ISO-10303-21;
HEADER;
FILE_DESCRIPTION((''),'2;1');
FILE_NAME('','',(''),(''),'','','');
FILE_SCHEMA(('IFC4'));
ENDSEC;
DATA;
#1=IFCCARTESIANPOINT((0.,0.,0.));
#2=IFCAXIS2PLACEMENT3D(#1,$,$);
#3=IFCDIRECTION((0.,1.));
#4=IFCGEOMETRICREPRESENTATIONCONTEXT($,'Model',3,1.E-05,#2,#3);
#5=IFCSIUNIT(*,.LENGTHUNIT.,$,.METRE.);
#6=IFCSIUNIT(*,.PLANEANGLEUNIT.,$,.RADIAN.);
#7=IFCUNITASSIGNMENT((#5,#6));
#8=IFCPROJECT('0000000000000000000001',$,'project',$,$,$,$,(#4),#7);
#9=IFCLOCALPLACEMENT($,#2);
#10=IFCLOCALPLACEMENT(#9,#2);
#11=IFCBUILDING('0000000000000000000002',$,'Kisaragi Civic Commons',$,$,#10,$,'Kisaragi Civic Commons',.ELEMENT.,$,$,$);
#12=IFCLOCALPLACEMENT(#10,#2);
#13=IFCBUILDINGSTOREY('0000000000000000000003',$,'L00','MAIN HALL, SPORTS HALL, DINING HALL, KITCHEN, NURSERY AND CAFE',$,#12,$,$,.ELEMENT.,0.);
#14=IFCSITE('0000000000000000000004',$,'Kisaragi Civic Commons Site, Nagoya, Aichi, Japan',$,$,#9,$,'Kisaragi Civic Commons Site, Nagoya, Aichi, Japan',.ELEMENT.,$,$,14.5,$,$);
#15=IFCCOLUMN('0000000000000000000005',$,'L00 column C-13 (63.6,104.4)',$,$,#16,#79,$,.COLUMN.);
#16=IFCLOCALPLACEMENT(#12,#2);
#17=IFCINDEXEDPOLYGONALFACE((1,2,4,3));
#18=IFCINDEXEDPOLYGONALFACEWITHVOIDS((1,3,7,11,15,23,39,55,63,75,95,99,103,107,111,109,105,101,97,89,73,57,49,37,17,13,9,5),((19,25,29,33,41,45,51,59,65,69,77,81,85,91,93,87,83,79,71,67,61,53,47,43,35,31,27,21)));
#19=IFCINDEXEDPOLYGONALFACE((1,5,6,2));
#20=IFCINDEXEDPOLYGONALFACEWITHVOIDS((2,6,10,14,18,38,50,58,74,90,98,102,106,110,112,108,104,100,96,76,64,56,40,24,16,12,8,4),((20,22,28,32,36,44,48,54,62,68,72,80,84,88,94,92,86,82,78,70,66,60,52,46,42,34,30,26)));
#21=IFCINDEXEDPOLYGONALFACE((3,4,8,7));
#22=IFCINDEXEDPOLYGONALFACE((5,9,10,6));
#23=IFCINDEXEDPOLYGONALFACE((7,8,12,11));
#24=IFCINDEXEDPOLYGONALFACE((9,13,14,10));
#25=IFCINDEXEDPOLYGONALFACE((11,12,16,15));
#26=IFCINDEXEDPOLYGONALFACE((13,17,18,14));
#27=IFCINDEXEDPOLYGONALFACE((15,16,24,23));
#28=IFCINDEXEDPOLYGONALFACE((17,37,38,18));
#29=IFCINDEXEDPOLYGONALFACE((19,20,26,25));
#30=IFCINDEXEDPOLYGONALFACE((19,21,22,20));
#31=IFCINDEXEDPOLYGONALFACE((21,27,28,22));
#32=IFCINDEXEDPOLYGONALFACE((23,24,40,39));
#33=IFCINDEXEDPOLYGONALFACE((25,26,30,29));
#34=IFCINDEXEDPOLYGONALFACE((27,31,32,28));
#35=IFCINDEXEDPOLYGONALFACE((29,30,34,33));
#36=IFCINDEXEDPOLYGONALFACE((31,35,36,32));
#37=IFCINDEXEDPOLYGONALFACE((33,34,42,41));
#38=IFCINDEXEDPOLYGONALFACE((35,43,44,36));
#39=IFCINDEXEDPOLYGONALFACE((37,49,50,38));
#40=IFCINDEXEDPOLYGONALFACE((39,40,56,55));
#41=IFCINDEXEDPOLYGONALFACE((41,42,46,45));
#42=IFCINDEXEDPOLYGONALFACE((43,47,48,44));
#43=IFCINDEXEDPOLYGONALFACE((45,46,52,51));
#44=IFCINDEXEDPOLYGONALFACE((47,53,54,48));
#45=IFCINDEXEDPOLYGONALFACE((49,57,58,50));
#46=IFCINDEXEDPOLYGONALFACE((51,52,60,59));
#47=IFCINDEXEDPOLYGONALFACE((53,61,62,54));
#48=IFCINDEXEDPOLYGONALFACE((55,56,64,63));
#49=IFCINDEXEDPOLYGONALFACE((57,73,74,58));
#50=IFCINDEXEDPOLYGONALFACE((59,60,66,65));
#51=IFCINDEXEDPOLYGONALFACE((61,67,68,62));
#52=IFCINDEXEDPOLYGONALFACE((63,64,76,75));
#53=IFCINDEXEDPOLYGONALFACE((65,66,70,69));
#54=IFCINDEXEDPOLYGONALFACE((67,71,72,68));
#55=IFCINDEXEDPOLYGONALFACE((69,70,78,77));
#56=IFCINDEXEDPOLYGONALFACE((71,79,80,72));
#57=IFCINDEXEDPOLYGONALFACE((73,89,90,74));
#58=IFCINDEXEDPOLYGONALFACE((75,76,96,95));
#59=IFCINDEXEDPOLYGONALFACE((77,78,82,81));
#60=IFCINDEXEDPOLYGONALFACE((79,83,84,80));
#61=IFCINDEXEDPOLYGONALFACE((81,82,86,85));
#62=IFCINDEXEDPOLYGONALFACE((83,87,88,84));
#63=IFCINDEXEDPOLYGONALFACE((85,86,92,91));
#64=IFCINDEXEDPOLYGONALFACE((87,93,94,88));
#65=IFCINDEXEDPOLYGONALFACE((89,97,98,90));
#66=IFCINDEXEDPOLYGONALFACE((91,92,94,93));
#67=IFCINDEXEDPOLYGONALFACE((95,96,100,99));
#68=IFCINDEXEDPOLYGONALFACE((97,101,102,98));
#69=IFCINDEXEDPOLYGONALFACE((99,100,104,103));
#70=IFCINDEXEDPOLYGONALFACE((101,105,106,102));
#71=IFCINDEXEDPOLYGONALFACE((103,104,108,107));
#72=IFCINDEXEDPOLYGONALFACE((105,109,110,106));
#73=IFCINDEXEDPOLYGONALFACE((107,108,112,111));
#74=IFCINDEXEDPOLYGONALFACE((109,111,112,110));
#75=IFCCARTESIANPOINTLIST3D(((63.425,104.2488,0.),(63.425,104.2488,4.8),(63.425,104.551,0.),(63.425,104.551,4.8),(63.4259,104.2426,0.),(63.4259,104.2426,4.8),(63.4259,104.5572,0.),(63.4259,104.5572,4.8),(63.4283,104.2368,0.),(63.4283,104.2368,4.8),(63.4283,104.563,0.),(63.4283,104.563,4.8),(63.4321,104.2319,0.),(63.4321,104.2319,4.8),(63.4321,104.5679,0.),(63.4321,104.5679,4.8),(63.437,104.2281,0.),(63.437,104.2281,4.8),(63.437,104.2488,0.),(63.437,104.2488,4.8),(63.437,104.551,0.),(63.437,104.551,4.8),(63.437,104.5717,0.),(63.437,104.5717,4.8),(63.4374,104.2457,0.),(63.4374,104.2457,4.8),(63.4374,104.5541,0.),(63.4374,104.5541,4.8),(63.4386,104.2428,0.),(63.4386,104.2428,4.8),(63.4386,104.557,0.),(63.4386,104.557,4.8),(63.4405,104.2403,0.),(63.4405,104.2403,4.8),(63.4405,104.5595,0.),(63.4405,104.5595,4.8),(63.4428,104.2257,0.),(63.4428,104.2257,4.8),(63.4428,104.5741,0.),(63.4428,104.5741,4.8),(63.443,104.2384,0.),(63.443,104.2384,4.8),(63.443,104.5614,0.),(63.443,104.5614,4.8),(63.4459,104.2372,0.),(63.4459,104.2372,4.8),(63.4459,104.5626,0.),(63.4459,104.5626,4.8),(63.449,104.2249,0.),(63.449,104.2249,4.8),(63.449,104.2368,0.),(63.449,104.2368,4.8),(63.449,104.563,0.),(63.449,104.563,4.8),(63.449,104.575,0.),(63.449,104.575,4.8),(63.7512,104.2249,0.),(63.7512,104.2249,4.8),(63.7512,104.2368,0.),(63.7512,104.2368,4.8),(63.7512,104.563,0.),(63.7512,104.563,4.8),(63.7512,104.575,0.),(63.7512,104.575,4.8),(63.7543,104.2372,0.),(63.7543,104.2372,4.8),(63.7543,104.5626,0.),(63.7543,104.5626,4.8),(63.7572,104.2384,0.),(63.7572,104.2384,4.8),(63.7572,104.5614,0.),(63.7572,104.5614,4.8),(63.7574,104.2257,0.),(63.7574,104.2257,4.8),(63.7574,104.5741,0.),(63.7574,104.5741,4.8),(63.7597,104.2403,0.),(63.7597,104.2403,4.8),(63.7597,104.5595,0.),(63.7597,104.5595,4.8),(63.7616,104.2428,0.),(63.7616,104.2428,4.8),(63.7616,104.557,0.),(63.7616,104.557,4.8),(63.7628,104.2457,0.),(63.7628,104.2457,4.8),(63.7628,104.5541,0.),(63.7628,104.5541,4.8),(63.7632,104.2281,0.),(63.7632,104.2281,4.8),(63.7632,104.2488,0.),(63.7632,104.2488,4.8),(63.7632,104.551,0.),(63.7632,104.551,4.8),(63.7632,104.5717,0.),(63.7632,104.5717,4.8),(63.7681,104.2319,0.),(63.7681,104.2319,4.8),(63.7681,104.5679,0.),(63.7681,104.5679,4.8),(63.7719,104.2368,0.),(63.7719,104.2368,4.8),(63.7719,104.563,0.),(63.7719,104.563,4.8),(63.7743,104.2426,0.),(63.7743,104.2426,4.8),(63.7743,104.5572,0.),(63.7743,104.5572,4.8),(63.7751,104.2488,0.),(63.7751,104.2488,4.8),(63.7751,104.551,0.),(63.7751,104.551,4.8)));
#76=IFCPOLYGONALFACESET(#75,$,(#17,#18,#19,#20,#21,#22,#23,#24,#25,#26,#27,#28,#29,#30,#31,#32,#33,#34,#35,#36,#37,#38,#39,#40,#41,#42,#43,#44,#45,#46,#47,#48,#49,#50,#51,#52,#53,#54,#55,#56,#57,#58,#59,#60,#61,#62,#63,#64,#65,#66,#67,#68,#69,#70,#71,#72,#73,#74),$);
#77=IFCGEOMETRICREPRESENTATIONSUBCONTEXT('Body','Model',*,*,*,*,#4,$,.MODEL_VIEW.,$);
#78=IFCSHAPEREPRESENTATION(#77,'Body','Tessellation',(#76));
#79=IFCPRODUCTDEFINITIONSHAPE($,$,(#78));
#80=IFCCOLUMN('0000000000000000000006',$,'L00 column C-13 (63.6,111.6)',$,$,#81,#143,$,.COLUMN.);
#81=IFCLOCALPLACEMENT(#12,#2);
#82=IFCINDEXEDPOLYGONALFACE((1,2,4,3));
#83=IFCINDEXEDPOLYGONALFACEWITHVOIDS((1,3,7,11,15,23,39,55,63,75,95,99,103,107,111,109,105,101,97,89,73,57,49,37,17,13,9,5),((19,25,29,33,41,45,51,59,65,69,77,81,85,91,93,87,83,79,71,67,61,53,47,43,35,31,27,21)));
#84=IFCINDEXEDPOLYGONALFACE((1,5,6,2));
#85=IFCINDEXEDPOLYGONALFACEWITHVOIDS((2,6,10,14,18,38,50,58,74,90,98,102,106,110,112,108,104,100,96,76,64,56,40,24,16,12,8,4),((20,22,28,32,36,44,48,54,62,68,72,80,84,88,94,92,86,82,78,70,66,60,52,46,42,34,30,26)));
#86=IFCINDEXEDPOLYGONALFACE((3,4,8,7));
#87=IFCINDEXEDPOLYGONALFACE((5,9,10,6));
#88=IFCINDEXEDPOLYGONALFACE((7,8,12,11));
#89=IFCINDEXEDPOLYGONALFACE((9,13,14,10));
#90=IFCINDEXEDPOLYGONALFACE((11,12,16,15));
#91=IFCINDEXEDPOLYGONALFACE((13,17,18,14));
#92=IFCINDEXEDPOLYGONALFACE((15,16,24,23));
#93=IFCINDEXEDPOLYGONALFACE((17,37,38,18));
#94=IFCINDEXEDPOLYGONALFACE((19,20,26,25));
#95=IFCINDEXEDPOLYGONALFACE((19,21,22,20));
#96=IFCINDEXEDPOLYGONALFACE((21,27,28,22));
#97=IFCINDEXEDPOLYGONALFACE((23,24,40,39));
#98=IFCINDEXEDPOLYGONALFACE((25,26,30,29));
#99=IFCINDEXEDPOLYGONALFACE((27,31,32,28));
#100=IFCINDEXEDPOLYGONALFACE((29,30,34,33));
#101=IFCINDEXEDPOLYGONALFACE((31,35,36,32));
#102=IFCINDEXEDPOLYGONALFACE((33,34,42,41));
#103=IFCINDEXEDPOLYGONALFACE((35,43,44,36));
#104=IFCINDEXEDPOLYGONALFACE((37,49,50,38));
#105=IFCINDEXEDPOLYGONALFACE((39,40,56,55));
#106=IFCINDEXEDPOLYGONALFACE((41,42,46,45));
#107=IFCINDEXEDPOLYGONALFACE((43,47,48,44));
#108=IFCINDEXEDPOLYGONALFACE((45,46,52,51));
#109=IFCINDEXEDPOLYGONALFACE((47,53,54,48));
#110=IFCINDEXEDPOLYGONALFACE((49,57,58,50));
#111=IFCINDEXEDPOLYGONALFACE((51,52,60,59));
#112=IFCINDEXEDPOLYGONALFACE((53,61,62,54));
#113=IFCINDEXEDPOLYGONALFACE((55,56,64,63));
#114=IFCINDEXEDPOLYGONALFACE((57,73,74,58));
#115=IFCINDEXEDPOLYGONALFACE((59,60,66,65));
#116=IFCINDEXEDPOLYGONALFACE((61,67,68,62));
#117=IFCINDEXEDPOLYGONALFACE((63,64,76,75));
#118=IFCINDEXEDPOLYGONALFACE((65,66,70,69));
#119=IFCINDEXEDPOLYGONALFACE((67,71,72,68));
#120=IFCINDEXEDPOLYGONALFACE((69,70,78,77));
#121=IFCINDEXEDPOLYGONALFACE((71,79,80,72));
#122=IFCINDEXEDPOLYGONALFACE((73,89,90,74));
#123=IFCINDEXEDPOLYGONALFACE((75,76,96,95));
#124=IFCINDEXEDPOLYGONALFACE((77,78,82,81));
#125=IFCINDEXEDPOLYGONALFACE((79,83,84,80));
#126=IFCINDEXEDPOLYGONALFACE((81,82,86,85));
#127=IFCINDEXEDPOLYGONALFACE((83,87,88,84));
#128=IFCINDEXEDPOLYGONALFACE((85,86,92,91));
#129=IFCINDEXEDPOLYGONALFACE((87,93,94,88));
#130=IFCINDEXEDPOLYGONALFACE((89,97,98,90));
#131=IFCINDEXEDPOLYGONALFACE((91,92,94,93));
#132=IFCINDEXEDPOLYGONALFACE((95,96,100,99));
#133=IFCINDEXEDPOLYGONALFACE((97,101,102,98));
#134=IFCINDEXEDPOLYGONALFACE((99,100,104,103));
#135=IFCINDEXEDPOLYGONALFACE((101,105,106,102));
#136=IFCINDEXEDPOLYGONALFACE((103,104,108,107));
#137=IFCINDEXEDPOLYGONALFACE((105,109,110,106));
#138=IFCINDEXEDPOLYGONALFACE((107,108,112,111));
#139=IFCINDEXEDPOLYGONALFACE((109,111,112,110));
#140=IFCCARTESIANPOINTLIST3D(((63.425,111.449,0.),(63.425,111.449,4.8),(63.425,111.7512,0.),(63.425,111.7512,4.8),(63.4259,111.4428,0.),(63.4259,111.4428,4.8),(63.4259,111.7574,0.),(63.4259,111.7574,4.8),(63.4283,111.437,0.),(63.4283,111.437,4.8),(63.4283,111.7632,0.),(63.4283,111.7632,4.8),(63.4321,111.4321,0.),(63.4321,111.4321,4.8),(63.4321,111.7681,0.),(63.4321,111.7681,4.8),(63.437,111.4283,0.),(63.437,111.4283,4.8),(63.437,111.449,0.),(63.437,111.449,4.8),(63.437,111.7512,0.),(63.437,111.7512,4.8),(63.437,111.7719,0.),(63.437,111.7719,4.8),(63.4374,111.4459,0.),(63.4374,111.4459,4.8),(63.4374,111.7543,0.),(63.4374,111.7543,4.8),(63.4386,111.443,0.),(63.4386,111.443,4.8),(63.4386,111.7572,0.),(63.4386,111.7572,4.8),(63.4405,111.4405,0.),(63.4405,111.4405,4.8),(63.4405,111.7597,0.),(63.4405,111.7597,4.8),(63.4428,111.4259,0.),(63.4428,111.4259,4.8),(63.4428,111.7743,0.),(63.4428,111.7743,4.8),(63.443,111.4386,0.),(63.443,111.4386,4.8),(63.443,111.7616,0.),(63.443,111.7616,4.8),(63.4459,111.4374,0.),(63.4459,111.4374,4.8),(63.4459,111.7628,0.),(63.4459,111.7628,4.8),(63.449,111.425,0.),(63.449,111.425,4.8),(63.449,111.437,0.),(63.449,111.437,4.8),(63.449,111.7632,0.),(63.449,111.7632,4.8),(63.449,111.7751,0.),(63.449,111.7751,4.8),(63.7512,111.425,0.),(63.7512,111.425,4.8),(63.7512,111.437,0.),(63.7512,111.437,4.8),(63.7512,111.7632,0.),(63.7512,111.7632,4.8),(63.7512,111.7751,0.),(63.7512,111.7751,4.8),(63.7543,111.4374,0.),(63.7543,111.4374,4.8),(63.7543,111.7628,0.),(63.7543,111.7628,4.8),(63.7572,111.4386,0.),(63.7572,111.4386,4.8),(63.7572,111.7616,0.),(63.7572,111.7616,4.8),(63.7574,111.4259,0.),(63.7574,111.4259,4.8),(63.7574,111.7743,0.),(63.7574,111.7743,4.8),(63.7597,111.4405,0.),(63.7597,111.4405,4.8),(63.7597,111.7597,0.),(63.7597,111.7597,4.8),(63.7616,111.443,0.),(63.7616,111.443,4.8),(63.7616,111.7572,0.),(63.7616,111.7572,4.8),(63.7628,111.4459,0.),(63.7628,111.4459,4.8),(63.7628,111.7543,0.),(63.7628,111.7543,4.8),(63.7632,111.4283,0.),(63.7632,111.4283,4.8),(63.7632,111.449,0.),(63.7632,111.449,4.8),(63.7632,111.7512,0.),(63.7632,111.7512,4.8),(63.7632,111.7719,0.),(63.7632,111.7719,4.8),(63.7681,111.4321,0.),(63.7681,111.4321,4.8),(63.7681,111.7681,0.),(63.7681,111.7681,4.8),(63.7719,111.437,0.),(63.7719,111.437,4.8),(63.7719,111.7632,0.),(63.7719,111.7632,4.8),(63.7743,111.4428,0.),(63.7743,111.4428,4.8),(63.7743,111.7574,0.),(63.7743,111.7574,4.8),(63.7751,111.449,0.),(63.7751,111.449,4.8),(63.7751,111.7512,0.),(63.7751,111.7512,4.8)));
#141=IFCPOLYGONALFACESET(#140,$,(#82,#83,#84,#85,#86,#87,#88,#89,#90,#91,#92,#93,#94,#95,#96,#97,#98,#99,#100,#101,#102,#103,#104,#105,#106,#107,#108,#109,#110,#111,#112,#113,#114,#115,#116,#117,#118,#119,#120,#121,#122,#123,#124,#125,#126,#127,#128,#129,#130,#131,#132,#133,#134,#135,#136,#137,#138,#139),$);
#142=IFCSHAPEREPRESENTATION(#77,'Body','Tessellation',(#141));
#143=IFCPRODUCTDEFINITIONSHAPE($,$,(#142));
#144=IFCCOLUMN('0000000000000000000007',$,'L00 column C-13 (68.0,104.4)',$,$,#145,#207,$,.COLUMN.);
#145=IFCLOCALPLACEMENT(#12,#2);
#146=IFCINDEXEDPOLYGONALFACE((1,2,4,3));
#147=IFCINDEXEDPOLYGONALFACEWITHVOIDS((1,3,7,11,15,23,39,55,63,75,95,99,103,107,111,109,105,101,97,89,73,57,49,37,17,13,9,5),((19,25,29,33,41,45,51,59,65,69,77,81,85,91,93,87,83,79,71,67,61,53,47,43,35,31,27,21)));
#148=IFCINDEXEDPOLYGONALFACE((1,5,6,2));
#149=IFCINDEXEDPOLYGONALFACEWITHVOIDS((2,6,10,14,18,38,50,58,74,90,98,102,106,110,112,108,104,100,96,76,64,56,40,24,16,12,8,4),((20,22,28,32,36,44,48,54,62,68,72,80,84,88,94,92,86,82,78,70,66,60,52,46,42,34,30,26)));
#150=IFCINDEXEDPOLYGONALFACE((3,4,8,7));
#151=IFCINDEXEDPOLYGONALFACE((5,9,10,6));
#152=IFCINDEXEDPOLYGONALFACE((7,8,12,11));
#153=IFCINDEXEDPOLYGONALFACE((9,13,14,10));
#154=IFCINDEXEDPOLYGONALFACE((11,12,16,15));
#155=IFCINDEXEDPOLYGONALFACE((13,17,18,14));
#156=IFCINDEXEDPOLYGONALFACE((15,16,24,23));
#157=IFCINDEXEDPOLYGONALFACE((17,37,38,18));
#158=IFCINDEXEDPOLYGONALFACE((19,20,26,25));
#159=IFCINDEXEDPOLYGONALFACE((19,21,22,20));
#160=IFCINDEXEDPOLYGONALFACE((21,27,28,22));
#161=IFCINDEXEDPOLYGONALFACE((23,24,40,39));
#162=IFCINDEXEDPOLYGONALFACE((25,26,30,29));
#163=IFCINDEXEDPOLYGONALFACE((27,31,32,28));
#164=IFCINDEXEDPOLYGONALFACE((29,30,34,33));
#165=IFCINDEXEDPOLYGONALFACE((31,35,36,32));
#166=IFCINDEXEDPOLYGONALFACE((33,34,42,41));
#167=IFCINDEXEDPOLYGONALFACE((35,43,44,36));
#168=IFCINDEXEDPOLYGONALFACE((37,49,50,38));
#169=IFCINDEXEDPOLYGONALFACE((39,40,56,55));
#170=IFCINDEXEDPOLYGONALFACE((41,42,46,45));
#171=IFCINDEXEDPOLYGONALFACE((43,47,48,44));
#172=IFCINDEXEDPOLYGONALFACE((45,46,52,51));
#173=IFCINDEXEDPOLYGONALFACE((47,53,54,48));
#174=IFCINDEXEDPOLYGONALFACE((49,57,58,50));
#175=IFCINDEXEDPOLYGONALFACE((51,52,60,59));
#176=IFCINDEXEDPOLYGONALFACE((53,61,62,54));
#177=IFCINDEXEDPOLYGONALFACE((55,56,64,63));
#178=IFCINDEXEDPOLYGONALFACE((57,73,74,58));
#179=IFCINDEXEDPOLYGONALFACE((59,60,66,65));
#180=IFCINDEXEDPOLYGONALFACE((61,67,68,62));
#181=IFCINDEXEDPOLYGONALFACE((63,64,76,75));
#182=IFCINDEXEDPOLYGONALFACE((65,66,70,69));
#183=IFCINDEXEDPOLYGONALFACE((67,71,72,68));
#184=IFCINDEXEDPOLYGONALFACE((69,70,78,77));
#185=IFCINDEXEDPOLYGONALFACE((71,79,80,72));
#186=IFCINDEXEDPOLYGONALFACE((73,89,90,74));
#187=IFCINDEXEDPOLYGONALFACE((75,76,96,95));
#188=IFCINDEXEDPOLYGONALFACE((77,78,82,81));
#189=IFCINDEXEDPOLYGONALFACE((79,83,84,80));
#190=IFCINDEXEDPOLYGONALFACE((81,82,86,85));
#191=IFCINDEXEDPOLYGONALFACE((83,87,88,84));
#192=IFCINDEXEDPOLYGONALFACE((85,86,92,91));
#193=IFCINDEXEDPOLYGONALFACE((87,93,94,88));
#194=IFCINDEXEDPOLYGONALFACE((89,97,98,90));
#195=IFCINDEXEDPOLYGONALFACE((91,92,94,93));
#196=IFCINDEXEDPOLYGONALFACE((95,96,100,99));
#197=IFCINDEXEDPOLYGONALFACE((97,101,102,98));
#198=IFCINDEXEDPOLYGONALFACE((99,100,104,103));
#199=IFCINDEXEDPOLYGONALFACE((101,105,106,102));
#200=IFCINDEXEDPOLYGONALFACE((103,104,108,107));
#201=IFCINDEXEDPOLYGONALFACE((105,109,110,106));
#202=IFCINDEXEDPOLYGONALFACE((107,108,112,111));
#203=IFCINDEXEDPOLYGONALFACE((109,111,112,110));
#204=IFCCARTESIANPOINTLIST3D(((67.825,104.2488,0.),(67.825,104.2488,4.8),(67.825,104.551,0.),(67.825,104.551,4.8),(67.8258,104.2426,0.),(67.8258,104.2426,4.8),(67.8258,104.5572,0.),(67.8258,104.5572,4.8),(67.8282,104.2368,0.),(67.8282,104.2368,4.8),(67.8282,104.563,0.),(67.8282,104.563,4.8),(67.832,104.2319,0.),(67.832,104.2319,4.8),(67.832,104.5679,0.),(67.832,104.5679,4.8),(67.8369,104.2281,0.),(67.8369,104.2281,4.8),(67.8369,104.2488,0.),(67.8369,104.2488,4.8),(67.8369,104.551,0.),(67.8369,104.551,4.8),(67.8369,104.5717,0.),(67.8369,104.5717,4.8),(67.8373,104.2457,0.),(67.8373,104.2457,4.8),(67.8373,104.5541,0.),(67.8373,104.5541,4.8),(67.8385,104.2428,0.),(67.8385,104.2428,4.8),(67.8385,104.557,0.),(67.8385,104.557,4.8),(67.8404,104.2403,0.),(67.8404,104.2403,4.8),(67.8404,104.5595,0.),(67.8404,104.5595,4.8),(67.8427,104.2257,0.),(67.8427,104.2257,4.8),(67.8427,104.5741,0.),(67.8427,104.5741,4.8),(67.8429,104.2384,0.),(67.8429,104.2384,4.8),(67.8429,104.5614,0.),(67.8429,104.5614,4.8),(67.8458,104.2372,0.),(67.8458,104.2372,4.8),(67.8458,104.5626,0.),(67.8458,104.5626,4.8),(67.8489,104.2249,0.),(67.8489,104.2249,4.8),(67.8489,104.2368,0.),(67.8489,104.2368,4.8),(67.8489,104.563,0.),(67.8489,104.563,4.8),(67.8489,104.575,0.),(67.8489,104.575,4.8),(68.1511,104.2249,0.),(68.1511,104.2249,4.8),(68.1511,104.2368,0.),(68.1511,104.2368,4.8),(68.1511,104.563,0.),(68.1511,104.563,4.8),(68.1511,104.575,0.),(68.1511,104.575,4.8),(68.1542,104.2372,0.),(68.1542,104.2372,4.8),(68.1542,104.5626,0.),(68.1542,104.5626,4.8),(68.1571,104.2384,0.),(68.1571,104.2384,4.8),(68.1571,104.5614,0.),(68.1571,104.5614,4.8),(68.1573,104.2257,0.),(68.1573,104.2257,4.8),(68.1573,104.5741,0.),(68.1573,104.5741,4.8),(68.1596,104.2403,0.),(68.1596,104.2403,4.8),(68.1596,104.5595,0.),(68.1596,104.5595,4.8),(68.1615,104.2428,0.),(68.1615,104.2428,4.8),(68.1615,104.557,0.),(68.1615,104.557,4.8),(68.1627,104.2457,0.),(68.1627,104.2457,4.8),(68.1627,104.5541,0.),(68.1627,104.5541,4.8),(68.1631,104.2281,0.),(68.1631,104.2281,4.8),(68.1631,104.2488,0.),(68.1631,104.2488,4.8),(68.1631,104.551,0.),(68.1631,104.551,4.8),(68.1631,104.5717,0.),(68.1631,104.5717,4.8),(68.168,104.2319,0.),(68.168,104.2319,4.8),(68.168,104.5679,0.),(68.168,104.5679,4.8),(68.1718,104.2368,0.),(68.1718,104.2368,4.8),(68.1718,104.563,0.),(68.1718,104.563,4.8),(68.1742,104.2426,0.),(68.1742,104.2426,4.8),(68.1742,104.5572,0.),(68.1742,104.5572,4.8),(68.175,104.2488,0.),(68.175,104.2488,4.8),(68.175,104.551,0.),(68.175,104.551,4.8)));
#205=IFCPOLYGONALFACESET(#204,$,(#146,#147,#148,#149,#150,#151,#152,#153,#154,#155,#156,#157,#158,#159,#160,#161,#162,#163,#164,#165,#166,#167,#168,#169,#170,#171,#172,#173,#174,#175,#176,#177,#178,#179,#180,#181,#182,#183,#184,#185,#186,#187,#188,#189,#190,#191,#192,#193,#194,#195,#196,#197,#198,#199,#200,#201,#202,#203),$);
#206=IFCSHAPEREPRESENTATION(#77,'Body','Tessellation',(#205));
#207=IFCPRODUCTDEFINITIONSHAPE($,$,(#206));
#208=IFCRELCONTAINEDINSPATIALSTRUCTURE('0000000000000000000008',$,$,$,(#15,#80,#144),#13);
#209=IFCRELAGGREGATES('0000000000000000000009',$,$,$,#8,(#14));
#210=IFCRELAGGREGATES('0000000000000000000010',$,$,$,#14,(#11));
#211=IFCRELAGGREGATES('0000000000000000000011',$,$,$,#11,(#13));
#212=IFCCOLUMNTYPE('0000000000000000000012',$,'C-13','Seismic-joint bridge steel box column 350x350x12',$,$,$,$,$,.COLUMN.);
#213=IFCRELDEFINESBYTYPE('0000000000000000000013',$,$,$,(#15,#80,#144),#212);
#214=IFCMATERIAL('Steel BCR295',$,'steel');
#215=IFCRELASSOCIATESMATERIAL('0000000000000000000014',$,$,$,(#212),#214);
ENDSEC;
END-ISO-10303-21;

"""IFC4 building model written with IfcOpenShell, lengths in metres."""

from ifc_helpers import new_model, si_unit, direction, frame, origin, origin_2d, place, context, subcontext, project, spatial, hollow_rectangle, extrude, material, material_profile, profile_set, type_object, element, save


model = new_model("IFC4")

# Units and contexts
model_context = context("Model", 3, precision=1e-05, world=origin(), true_north=direction((0.0, 1.0)))
body_context = subcontext(model_context, "Body", "Model", "MODEL_VIEW")
ifc_project = project(units=[si_unit("LENGTHUNIT", "METRE"), si_unit("PLANEANGLEUNIT", "RADIAN")], contexts=[model_context])

# Site, building, storey
site_placement = place(None, origin())
site = spatial("IfcSite", under=ifc_project, at=site_placement, Name="Kisaragi Civic Commons Site, Nagoya, Aichi, Japan", LongName="Kisaragi Civic Commons Site, Nagoya, Aichi, Japan", CompositionType="ELEMENT", RefElevation=14.5)
building_placement = place(site_placement, origin())
building = spatial("IfcBuilding", under=site, at=building_placement, Name="Kisaragi Civic Commons", LongName="Kisaragi Civic Commons", CompositionType="ELEMENT")
storey_placement = place(building_placement, origin())
storey = spatial("IfcBuildingStorey", under=building, at=storey_placement, Name="L00", Description="MAIN HALL, SPORTS HALL, DINING HALL, KITCHEN, NURSERY AND CAFE", CompositionType="ELEMENT", Elevation=0.0)

# Columns
ifc_material_1 = material(Name="Steel BCR295", Category="steel")
ifc_material_profile_1 = material_profile(ifc_material_1, hollow_rectangle(XDim=0.3501, YDim=0.3501, WallThickness=0.012, InnerFilletRadius=0.012, OuterFilletRadius=0.0239, at=origin_2d()), Name="BCR-350x350x12", Category="steel")
ifc_profile_set_1 = profile_set([ifc_material_profile_1], Name="Steel BCR295")
column_type_1 = type_object("IfcColumnType", Name="C-13", Description="Seismic-joint bridge steel box column 350x350x12", PredefinedType="COLUMN", material=ifc_profile_set_1)
for number, where, z_axis, x_axis, name in (
    (1, (63.6001, 104.3999, 0.0), (0.0, 0.0, 1.0), (1.0, 0.0, 0.0), "L00 column C-13 (63.6,104.4)"),
    (2, (63.6001, 111.6001, 0.0), (0.0, 0.0, 1.0), (1.0, 0.0, 0.0), "L00 column C-13 (63.6,111.6)"),
    (3, (68.0, 104.3999, 0.0), (0.0, 0.0, 1.0), (1.0, 0.0, 0.0), "L00 column C-13 (68.0,104.4)"),
):
    element("IfcColumn", number, at=place(storey_placement, frame(where, z_axis=z_axis, x_axis=x_axis)), inside=storey, type_object=column_type_1, Name=name, PredefinedType="COLUMN", context=body_context, shape_type="SweptSolid", body=[
        extrude(hollow_rectangle(XDim=0.3501, YDim=0.3501, WallThickness=0.012, InnerFilletRadius=0.012, OuterFilletRadius=0.0239, at=origin_2d()), origin(), (0.0, 0.0, 1.0), 4.8),
    ])

save(model, "model.ifc")
